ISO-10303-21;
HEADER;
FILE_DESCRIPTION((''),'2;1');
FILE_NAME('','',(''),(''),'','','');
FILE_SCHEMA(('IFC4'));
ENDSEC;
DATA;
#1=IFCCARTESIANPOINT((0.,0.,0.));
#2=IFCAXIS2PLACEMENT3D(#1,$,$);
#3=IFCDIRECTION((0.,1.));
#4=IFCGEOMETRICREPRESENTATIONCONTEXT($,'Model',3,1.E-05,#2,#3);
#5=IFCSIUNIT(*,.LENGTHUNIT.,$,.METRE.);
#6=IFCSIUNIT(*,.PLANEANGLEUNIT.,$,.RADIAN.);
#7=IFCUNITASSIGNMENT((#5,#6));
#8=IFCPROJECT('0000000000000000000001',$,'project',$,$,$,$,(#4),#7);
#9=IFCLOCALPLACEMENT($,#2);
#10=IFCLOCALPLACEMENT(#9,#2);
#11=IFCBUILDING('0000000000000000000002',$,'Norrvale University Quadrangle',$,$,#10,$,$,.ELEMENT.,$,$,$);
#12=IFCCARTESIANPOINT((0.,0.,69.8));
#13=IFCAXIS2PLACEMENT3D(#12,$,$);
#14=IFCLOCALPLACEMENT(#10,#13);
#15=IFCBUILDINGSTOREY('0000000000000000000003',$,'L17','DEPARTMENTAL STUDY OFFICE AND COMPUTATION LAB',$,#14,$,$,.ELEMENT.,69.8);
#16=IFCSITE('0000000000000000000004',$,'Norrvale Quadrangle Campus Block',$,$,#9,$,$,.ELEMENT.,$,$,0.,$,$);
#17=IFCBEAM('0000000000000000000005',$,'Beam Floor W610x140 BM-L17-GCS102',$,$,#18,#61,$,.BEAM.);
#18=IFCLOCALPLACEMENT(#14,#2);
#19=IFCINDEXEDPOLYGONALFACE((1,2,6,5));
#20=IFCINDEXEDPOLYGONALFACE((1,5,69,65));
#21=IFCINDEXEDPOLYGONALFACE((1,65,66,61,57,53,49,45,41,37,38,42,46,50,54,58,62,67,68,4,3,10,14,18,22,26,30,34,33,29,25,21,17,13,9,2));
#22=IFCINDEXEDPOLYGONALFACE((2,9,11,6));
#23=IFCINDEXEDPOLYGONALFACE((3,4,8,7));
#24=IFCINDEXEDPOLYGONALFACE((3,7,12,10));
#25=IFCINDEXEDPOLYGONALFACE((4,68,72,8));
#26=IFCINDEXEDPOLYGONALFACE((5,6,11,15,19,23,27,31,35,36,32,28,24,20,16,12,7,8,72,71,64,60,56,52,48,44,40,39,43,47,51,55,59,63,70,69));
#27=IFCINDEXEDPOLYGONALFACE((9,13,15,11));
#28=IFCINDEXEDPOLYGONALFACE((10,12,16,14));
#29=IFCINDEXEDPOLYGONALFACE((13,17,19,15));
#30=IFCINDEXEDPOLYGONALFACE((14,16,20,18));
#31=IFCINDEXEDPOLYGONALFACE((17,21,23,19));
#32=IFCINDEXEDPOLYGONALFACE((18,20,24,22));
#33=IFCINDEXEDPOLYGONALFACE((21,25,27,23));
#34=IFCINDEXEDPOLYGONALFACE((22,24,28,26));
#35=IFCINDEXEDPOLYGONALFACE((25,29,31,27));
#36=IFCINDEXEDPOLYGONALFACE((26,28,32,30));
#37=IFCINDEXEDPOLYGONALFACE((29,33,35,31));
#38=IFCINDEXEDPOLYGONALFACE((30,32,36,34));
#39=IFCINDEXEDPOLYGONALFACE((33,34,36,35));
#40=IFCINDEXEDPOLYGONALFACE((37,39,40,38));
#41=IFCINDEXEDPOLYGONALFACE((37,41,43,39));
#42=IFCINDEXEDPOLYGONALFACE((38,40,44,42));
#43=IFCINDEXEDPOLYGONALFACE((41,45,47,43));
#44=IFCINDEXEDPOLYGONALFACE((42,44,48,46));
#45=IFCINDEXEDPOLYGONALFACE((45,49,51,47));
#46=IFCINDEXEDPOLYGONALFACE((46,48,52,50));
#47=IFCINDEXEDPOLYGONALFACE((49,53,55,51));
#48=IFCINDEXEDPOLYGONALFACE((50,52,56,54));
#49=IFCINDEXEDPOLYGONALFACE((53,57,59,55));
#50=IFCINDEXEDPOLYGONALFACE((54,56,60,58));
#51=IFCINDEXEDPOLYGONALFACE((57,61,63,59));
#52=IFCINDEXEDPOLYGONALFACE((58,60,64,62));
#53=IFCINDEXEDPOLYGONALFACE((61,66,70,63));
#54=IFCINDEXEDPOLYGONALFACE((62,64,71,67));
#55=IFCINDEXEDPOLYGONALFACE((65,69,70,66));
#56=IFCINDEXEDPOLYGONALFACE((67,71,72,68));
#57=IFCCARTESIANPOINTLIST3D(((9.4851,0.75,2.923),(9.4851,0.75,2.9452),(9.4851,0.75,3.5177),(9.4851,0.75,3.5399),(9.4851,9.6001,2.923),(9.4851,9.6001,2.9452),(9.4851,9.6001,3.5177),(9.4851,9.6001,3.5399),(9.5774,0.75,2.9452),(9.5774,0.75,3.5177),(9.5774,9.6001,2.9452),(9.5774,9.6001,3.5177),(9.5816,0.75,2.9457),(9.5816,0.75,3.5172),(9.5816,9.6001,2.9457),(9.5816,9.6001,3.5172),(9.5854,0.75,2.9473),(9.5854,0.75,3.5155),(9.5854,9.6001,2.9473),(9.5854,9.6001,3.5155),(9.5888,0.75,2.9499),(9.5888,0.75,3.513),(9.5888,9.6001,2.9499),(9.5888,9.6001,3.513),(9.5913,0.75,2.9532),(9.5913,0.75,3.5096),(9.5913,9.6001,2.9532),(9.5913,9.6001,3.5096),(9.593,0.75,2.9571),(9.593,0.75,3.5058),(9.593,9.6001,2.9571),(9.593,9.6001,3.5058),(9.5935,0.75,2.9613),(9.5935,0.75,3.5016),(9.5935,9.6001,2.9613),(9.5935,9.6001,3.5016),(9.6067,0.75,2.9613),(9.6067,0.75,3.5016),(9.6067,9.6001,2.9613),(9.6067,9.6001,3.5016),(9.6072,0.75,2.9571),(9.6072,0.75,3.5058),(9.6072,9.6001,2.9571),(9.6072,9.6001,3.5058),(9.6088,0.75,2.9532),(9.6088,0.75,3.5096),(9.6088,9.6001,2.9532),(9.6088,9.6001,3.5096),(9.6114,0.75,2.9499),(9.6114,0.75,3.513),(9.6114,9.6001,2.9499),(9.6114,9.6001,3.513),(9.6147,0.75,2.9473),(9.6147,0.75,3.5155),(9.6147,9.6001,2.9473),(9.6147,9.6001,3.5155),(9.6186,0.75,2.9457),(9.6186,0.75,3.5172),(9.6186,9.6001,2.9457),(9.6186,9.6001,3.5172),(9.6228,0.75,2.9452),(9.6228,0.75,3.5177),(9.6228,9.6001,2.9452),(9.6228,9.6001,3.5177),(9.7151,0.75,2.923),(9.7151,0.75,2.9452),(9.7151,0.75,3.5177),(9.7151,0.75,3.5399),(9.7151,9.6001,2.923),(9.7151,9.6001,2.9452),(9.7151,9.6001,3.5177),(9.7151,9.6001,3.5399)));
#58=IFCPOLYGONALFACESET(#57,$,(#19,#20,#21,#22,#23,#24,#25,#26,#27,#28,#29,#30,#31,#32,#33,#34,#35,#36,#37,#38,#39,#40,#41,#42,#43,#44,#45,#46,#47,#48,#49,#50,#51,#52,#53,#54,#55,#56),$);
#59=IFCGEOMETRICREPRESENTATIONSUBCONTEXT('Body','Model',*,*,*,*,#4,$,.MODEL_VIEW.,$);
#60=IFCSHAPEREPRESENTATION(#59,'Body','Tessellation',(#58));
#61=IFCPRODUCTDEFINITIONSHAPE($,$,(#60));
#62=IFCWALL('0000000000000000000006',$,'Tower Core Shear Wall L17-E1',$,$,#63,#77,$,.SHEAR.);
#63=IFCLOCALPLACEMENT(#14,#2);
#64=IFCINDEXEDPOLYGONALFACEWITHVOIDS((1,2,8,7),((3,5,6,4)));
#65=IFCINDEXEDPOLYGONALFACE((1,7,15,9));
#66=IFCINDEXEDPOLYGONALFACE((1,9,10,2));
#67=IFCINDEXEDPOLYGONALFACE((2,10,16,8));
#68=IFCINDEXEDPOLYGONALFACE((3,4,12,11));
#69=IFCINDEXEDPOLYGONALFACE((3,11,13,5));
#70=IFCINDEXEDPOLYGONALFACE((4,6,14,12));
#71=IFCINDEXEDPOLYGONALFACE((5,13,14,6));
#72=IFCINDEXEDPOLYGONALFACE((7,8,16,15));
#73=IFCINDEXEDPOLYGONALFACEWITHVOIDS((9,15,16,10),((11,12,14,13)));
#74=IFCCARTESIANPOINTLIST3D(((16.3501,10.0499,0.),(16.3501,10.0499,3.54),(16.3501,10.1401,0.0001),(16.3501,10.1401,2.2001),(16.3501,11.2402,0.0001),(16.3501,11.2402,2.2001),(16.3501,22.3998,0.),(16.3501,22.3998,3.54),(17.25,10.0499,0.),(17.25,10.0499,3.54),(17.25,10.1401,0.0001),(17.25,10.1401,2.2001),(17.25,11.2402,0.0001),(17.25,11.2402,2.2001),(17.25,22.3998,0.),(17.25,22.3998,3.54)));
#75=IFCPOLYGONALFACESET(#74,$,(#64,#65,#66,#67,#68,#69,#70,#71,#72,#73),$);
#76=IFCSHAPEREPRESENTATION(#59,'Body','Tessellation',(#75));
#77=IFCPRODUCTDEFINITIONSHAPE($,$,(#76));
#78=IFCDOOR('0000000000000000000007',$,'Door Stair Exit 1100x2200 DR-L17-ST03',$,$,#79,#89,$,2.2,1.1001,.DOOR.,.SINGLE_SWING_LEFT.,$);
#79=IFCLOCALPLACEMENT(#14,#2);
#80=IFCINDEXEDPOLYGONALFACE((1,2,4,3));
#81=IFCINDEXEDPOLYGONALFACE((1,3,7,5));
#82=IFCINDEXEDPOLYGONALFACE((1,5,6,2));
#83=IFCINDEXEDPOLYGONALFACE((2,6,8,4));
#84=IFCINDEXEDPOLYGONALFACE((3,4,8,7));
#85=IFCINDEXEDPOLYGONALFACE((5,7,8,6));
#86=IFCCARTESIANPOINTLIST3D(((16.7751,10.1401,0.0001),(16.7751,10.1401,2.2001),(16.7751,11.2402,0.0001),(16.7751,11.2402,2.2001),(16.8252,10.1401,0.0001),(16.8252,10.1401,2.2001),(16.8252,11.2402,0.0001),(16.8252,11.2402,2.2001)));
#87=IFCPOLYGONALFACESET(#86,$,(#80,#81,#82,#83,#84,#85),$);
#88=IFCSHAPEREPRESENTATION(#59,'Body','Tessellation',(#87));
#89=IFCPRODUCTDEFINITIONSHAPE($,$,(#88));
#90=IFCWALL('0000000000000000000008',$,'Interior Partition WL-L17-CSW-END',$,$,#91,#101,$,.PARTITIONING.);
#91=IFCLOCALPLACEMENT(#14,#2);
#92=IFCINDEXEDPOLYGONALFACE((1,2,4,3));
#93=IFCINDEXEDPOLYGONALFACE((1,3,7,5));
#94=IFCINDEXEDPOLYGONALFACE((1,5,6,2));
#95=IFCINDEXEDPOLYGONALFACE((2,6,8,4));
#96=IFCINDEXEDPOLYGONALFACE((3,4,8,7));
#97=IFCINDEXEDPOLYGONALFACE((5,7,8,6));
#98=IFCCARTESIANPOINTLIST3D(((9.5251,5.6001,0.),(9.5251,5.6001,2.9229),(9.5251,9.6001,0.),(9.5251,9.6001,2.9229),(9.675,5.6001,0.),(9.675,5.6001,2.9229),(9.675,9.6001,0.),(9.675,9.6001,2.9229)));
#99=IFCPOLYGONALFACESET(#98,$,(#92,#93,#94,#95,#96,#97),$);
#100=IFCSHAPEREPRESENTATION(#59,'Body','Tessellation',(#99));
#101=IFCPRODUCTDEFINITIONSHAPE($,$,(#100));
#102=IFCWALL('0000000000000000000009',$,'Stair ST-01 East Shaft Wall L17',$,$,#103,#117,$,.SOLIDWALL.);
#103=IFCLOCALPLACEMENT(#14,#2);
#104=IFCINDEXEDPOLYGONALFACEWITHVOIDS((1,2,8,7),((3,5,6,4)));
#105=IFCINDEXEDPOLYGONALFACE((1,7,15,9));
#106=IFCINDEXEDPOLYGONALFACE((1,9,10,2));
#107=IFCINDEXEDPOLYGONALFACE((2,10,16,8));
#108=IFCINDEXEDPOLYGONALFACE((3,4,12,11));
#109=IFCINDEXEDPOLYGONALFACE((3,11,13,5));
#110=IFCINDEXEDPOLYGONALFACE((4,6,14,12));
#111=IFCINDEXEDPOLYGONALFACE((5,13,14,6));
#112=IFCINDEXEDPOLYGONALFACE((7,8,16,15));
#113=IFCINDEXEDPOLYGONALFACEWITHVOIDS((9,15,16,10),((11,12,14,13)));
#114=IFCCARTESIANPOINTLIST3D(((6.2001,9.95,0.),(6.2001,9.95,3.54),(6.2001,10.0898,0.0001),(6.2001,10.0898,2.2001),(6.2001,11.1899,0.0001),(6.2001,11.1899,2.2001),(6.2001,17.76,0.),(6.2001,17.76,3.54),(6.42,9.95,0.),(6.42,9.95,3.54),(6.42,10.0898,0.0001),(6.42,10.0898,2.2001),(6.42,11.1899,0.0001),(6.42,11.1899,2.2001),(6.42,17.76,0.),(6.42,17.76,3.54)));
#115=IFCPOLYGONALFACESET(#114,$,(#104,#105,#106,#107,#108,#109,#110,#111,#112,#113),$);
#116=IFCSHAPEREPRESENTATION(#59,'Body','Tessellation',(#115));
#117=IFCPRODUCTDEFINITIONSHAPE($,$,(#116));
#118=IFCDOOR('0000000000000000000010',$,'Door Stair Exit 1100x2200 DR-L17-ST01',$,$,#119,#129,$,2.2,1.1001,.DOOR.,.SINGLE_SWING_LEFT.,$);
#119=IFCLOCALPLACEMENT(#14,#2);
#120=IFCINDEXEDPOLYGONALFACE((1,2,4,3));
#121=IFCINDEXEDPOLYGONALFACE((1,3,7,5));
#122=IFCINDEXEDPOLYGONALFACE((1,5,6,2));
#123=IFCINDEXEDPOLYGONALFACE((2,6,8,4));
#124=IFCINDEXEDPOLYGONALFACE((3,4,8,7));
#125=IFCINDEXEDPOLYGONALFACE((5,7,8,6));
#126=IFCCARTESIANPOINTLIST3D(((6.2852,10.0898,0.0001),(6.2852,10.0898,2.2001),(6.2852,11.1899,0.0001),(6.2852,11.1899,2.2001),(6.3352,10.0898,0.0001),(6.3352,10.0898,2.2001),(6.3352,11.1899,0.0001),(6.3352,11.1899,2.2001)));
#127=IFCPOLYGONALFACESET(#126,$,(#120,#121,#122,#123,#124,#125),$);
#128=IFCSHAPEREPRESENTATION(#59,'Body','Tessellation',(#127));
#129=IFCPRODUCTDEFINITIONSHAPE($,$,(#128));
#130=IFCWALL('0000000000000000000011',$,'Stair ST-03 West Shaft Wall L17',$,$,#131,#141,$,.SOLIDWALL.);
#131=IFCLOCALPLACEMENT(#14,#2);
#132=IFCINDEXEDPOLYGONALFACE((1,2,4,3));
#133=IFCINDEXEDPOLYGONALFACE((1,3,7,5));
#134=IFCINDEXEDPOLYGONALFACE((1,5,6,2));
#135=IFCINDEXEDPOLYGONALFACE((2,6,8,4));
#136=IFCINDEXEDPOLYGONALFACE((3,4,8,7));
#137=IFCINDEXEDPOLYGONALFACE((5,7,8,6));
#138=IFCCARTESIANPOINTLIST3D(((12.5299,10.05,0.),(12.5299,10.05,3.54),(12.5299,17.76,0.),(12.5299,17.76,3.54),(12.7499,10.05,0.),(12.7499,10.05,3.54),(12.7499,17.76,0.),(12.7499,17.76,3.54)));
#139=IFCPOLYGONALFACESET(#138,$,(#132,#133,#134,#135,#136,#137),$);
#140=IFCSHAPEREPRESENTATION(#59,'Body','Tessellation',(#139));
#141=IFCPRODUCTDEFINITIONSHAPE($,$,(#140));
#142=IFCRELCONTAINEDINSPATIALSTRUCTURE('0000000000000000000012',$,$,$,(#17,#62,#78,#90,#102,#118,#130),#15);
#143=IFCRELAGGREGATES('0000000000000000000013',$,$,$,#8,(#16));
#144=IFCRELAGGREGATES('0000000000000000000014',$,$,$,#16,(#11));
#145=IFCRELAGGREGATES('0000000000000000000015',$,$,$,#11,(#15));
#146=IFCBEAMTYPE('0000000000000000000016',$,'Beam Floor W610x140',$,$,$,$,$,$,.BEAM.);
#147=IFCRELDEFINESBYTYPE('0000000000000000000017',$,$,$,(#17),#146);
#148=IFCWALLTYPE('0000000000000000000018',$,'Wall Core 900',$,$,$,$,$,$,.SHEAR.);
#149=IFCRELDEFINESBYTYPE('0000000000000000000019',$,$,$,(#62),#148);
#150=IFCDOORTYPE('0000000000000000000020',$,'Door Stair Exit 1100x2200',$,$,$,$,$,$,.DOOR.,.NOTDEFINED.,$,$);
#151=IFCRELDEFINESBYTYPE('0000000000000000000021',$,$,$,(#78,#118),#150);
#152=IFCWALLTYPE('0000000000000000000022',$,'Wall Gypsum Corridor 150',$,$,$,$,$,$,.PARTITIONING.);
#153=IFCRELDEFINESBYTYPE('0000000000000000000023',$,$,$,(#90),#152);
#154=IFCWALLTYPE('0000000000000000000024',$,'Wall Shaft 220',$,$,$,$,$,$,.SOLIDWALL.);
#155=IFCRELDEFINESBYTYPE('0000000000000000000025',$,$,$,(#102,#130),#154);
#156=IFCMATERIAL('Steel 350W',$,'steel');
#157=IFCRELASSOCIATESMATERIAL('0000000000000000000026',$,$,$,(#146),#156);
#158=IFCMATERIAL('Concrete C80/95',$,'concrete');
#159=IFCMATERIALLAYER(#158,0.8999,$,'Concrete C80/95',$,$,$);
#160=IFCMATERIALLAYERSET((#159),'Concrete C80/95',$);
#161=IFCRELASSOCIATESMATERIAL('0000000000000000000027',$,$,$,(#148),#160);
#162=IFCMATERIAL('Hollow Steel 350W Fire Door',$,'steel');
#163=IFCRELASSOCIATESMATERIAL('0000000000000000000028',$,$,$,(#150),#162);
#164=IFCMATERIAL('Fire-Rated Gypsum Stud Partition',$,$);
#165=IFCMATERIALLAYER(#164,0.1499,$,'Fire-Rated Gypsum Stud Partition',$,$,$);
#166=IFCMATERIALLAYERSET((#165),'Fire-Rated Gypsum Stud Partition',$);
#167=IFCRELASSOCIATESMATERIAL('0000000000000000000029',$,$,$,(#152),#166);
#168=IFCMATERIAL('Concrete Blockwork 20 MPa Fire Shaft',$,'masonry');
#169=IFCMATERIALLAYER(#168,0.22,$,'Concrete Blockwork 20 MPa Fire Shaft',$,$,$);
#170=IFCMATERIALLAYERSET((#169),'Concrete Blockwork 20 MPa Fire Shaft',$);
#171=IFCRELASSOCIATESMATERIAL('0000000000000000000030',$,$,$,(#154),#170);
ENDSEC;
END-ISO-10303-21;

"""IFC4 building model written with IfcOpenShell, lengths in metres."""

from ifc_helpers import new_model, si_unit, direction, frame, frame_2d, origin, origin_2d, place, context, subcontext, project, spatial, rectangle, i_section, extrude, material, layer, layer_set, material_profile, profile_set, type_object, element, fill, save


model = new_model("IFC4")

# Units and contexts
model_context = context("Model", 3, precision=1e-05, world=origin(), true_north=direction((0.0, 1.0)))
body_context = subcontext(model_context, "Body", "Model", "MODEL_VIEW")
ifc_project = project(units=[si_unit("LENGTHUNIT", "METRE"), si_unit("PLANEANGLEUNIT", "RADIAN")], contexts=[model_context])

# Site, building, storey
site_placement = place(None, origin())
site = spatial("IfcSite", under=ifc_project, at=site_placement, Name="Norrvale Quadrangle Campus Block", CompositionType="ELEMENT", RefElevation=0.0)
building_placement = place(site_placement, origin())
building = spatial("IfcBuilding", under=site, at=building_placement, Name="Norrvale University Quadrangle", CompositionType="ELEMENT")
storey_placement = place(building_placement, frame((0.0, 0.0, 69.8)))
storey = spatial("IfcBuildingStorey", under=building, at=storey_placement, Name="L17", Description="DEPARTMENTAL STUDY OFFICE AND COMPUTATION LAB", CompositionType="ELEMENT", Elevation=69.8)

# Shared definitions
ifc_material_1 = material(Name="Concrete C80/95", Category="concrete")

# Beam
ifc_material_2 = material(Name="Steel 350W", Category="steel")
ifc_material_profile_1 = material_profile(ifc_material_2, i_section(OverallWidth=0.23, OverallDepth=0.6169, WebThickness=0.0132, FlangeThickness=0.0222, FilletRadius=0.0161, at=origin_2d()), Name="Steel 350W")
ifc_profile_set_1 = profile_set([ifc_material_profile_1], Name="Steel 350W")
beam_type_1 = type_object("IfcBeamType", Name="Beam Floor W610x140", PredefinedType="BEAM", material=ifc_profile_set_1)
beam_1_placement = place(storey_placement, frame((9.6001, 0.75, 3.2314), z_axis=(0.0, 1.0, 0.0), x_axis=(-1.0, 0.0, 0.0)))
element("IfcBeam", 1, at=beam_1_placement, inside=storey, type_object=beam_type_1, Name="Beam Floor W610x140 BM-L17-GCS102", PredefinedType="BEAM", context=body_context, shape_type="SweptSolid", body=[
    extrude(i_section(OverallWidth=0.23, OverallDepth=0.6169, WebThickness=0.0132, FlangeThickness=0.0222, FilletRadius=0.0161, at=origin_2d()), origin(), (0.0, 0.0, 1.0), 8.8501),
])

# Wall, opening, door
ifc_layer_1 = layer(ifc_material_1, 0.8999, Name="Concrete C80/95")
ifc_layer_set_1 = layer_set([ifc_layer_1], Name="Concrete C80/95")
wall_type_1 = type_object("IfcWallType", Name="Wall Core 900", PredefinedType="SHEAR", material=ifc_layer_set_1)
wall_1_placement = place(storey_placement, frame((16.8, 10.05, 0.0), z_axis=(0.0, 0.0, 1.0), x_axis=(0.0, 1.0, 0.0)))
wall_1 = element("IfcWall", 2, at=wall_1_placement, inside=storey, type_object=wall_type_1, Name="Tower Core Shear Wall L17-E1", PredefinedType="SHEAR", context=body_context, shape_type="SweptSolid", body=[
    extrude(rectangle(XDim=12.3499, YDim=0.8999, at=frame_2d((6.1748, 0.0))), origin(), (0.0, 0.0, 1.0), 3.54),
])
opening_1_placement = place(wall_1_placement, frame((0.0901, 0.0, 0.0)))
opening_1 = element("IfcOpeningElement", 3, at=opening_1_placement, cuts=wall_1, PredefinedType="OPENING", context=body_context, shape_type="SweptSolid", body=[
    extrude(rectangle(XDim=1.1001, YDim=2.2, at=frame_2d((0.55, 1.1001))), frame((0.0, 0.4619, 0.0), z_axis=(0.0, -1.0, 0.0), x_axis=(1.0, 0.0, 0.0)), (0.0, 0.0, 1.0), 0.9238),
])
ifc_material_3 = material(Name="Hollow Steel 350W Fire Door", Category="steel")
door_type = type_object("IfcDoorType", Name="Door Stair Exit 1100x2200", OperationType="NOTDEFINED", PredefinedType="DOOR", material=ifc_material_3)
door_1_placement = place(opening_1_placement, origin())
door_1 = element("IfcDoor", 4, at=door_1_placement, inside=storey, type_object=door_type, Name="Door Stair Exit 1100x2200 DR-L17-ST03", OperationType="SINGLE_SWING_LEFT", OverallHeight=2.2, OverallWidth=1.1001, PredefinedType="DOOR", context=body_context, shape_type="SweptSolid", body=[
    extrude(rectangle(XDim=1.1001, YDim=2.2, at=frame_2d((0.55, 1.1001))), frame((0.0, 0.0249, 0.0), z_axis=(0.0, -1.0, 0.0), x_axis=(1.0, 0.0, 0.0)), (0.0, 0.0, 1.0), 0.05),
])
fill(opening_1, door_1)

# Wall
ifc_material_4 = material(Name="Fire-Rated Gypsum Stud Partition")
ifc_layer_2 = layer(ifc_material_4, 0.1499, Name="Fire-Rated Gypsum Stud Partition")
ifc_layer_set_2 = layer_set([ifc_layer_2], Name="Fire-Rated Gypsum Stud Partition")
wall_type_2 = type_object("IfcWallType", Name="Wall Gypsum Corridor 150", PredefinedType="PARTITIONING", material=ifc_layer_set_2)
wall_2_placement = place(storey_placement, frame((9.6001, 5.6001, 0.0), z_axis=(0.0, 0.0, 1.0), x_axis=(0.0, 1.0, 0.0)))
element("IfcWall", 5, at=wall_2_placement, inside=storey, type_object=wall_type_2, Name="Interior Partition WL-L17-CSW-END", PredefinedType="PARTITIONING", context=body_context, shape_type="SweptSolid", body=[
    extrude(rectangle(XDim=4.0, YDim=0.1499, at=frame_2d((2.0, 0.0))), origin(), (0.0, 0.0, 1.0), 2.9229),
])

# Wall, opening, door
ifc_material_5 = material(Name="Concrete Blockwork 20 MPa Fire Shaft", Category="masonry")
ifc_layer_3 = layer(ifc_material_5, 0.22, Name="Concrete Blockwork 20 MPa Fire Shaft")
ifc_layer_set_3 = layer_set([ifc_layer_3], Name="Concrete Blockwork 20 MPa Fire Shaft")
wall_type_3 = type_object("IfcWallType", Name="Wall Shaft 220", PredefinedType="SOLIDWALL", material=ifc_layer_set_3)
wall_3_placement = place(storey_placement, frame((6.3101, 9.95, 0.0), z_axis=(0.0, 0.0, 1.0), x_axis=(0.0, 1.0, 0.0)))
wall_3 = element("IfcWall", 6, at=wall_3_placement, inside=storey, type_object=wall_type_3, Name="Stair ST-01 East Shaft Wall L17", PredefinedType="SOLIDWALL", context=body_context, shape_type="SweptSolid", body=[
    extrude(rectangle(XDim=7.8101, YDim=0.22, at=frame_2d((3.905, 0.0))), origin(), (0.0, 0.0, 1.0), 3.54),
])
opening_2_placement = place(wall_3_placement, frame((0.1399, 0.0, 0.0)))
opening_2 = element("IfcOpeningElement", 7, at=opening_2_placement, cuts=wall_3, PredefinedType="OPENING", context=body_context, shape_type="SweptSolid", body=[
    extrude(rectangle(XDim=1.1001, YDim=2.2, at=frame_2d((0.55, 1.1001))), frame((0.0, 0.1221, 0.0), z_axis=(0.0, -1.0, 0.0), x_axis=(1.0, 0.0, 0.0)), (0.0, 0.0, 1.0), 0.2439),
])
door_2_placement = place(opening_2_placement, origin())
door_2 = element("IfcDoor", 8, at=door_2_placement, inside=storey, type_object=door_type, Name="Door Stair Exit 1100x2200 DR-L17-ST01", OperationType="SINGLE_SWING_LEFT", OverallHeight=2.2, OverallWidth=1.1001, PredefinedType="DOOR", context=body_context, shape_type="SweptSolid", body=[
    extrude(rectangle(XDim=1.1001, YDim=2.2, at=frame_2d((0.55, 1.1001))), frame((0.0, 0.0249, 0.0), z_axis=(0.0, -1.0, 0.0), x_axis=(1.0, 0.0, 0.0)), (0.0, 0.0, 1.0), 0.05),
])
fill(opening_2, door_2)

# Wall
wall_4_placement = place(storey_placement, frame((12.6399, 10.05, 0.0), z_axis=(0.0, 0.0, 1.0), x_axis=(0.0, 1.0, 0.0)))
element("IfcWall", 9, at=wall_4_placement, inside=storey, type_object=wall_type_3, Name="Stair ST-03 West Shaft Wall L17", PredefinedType="SOLIDWALL", context=body_context, shape_type="SweptSolid", body=[
    extrude(rectangle(XDim=7.71, YDim=0.22, at=frame_2d((3.855, 0.0))), origin(), (0.0, 0.0, 1.0), 3.54),
])

save(model, "model.ifc")
